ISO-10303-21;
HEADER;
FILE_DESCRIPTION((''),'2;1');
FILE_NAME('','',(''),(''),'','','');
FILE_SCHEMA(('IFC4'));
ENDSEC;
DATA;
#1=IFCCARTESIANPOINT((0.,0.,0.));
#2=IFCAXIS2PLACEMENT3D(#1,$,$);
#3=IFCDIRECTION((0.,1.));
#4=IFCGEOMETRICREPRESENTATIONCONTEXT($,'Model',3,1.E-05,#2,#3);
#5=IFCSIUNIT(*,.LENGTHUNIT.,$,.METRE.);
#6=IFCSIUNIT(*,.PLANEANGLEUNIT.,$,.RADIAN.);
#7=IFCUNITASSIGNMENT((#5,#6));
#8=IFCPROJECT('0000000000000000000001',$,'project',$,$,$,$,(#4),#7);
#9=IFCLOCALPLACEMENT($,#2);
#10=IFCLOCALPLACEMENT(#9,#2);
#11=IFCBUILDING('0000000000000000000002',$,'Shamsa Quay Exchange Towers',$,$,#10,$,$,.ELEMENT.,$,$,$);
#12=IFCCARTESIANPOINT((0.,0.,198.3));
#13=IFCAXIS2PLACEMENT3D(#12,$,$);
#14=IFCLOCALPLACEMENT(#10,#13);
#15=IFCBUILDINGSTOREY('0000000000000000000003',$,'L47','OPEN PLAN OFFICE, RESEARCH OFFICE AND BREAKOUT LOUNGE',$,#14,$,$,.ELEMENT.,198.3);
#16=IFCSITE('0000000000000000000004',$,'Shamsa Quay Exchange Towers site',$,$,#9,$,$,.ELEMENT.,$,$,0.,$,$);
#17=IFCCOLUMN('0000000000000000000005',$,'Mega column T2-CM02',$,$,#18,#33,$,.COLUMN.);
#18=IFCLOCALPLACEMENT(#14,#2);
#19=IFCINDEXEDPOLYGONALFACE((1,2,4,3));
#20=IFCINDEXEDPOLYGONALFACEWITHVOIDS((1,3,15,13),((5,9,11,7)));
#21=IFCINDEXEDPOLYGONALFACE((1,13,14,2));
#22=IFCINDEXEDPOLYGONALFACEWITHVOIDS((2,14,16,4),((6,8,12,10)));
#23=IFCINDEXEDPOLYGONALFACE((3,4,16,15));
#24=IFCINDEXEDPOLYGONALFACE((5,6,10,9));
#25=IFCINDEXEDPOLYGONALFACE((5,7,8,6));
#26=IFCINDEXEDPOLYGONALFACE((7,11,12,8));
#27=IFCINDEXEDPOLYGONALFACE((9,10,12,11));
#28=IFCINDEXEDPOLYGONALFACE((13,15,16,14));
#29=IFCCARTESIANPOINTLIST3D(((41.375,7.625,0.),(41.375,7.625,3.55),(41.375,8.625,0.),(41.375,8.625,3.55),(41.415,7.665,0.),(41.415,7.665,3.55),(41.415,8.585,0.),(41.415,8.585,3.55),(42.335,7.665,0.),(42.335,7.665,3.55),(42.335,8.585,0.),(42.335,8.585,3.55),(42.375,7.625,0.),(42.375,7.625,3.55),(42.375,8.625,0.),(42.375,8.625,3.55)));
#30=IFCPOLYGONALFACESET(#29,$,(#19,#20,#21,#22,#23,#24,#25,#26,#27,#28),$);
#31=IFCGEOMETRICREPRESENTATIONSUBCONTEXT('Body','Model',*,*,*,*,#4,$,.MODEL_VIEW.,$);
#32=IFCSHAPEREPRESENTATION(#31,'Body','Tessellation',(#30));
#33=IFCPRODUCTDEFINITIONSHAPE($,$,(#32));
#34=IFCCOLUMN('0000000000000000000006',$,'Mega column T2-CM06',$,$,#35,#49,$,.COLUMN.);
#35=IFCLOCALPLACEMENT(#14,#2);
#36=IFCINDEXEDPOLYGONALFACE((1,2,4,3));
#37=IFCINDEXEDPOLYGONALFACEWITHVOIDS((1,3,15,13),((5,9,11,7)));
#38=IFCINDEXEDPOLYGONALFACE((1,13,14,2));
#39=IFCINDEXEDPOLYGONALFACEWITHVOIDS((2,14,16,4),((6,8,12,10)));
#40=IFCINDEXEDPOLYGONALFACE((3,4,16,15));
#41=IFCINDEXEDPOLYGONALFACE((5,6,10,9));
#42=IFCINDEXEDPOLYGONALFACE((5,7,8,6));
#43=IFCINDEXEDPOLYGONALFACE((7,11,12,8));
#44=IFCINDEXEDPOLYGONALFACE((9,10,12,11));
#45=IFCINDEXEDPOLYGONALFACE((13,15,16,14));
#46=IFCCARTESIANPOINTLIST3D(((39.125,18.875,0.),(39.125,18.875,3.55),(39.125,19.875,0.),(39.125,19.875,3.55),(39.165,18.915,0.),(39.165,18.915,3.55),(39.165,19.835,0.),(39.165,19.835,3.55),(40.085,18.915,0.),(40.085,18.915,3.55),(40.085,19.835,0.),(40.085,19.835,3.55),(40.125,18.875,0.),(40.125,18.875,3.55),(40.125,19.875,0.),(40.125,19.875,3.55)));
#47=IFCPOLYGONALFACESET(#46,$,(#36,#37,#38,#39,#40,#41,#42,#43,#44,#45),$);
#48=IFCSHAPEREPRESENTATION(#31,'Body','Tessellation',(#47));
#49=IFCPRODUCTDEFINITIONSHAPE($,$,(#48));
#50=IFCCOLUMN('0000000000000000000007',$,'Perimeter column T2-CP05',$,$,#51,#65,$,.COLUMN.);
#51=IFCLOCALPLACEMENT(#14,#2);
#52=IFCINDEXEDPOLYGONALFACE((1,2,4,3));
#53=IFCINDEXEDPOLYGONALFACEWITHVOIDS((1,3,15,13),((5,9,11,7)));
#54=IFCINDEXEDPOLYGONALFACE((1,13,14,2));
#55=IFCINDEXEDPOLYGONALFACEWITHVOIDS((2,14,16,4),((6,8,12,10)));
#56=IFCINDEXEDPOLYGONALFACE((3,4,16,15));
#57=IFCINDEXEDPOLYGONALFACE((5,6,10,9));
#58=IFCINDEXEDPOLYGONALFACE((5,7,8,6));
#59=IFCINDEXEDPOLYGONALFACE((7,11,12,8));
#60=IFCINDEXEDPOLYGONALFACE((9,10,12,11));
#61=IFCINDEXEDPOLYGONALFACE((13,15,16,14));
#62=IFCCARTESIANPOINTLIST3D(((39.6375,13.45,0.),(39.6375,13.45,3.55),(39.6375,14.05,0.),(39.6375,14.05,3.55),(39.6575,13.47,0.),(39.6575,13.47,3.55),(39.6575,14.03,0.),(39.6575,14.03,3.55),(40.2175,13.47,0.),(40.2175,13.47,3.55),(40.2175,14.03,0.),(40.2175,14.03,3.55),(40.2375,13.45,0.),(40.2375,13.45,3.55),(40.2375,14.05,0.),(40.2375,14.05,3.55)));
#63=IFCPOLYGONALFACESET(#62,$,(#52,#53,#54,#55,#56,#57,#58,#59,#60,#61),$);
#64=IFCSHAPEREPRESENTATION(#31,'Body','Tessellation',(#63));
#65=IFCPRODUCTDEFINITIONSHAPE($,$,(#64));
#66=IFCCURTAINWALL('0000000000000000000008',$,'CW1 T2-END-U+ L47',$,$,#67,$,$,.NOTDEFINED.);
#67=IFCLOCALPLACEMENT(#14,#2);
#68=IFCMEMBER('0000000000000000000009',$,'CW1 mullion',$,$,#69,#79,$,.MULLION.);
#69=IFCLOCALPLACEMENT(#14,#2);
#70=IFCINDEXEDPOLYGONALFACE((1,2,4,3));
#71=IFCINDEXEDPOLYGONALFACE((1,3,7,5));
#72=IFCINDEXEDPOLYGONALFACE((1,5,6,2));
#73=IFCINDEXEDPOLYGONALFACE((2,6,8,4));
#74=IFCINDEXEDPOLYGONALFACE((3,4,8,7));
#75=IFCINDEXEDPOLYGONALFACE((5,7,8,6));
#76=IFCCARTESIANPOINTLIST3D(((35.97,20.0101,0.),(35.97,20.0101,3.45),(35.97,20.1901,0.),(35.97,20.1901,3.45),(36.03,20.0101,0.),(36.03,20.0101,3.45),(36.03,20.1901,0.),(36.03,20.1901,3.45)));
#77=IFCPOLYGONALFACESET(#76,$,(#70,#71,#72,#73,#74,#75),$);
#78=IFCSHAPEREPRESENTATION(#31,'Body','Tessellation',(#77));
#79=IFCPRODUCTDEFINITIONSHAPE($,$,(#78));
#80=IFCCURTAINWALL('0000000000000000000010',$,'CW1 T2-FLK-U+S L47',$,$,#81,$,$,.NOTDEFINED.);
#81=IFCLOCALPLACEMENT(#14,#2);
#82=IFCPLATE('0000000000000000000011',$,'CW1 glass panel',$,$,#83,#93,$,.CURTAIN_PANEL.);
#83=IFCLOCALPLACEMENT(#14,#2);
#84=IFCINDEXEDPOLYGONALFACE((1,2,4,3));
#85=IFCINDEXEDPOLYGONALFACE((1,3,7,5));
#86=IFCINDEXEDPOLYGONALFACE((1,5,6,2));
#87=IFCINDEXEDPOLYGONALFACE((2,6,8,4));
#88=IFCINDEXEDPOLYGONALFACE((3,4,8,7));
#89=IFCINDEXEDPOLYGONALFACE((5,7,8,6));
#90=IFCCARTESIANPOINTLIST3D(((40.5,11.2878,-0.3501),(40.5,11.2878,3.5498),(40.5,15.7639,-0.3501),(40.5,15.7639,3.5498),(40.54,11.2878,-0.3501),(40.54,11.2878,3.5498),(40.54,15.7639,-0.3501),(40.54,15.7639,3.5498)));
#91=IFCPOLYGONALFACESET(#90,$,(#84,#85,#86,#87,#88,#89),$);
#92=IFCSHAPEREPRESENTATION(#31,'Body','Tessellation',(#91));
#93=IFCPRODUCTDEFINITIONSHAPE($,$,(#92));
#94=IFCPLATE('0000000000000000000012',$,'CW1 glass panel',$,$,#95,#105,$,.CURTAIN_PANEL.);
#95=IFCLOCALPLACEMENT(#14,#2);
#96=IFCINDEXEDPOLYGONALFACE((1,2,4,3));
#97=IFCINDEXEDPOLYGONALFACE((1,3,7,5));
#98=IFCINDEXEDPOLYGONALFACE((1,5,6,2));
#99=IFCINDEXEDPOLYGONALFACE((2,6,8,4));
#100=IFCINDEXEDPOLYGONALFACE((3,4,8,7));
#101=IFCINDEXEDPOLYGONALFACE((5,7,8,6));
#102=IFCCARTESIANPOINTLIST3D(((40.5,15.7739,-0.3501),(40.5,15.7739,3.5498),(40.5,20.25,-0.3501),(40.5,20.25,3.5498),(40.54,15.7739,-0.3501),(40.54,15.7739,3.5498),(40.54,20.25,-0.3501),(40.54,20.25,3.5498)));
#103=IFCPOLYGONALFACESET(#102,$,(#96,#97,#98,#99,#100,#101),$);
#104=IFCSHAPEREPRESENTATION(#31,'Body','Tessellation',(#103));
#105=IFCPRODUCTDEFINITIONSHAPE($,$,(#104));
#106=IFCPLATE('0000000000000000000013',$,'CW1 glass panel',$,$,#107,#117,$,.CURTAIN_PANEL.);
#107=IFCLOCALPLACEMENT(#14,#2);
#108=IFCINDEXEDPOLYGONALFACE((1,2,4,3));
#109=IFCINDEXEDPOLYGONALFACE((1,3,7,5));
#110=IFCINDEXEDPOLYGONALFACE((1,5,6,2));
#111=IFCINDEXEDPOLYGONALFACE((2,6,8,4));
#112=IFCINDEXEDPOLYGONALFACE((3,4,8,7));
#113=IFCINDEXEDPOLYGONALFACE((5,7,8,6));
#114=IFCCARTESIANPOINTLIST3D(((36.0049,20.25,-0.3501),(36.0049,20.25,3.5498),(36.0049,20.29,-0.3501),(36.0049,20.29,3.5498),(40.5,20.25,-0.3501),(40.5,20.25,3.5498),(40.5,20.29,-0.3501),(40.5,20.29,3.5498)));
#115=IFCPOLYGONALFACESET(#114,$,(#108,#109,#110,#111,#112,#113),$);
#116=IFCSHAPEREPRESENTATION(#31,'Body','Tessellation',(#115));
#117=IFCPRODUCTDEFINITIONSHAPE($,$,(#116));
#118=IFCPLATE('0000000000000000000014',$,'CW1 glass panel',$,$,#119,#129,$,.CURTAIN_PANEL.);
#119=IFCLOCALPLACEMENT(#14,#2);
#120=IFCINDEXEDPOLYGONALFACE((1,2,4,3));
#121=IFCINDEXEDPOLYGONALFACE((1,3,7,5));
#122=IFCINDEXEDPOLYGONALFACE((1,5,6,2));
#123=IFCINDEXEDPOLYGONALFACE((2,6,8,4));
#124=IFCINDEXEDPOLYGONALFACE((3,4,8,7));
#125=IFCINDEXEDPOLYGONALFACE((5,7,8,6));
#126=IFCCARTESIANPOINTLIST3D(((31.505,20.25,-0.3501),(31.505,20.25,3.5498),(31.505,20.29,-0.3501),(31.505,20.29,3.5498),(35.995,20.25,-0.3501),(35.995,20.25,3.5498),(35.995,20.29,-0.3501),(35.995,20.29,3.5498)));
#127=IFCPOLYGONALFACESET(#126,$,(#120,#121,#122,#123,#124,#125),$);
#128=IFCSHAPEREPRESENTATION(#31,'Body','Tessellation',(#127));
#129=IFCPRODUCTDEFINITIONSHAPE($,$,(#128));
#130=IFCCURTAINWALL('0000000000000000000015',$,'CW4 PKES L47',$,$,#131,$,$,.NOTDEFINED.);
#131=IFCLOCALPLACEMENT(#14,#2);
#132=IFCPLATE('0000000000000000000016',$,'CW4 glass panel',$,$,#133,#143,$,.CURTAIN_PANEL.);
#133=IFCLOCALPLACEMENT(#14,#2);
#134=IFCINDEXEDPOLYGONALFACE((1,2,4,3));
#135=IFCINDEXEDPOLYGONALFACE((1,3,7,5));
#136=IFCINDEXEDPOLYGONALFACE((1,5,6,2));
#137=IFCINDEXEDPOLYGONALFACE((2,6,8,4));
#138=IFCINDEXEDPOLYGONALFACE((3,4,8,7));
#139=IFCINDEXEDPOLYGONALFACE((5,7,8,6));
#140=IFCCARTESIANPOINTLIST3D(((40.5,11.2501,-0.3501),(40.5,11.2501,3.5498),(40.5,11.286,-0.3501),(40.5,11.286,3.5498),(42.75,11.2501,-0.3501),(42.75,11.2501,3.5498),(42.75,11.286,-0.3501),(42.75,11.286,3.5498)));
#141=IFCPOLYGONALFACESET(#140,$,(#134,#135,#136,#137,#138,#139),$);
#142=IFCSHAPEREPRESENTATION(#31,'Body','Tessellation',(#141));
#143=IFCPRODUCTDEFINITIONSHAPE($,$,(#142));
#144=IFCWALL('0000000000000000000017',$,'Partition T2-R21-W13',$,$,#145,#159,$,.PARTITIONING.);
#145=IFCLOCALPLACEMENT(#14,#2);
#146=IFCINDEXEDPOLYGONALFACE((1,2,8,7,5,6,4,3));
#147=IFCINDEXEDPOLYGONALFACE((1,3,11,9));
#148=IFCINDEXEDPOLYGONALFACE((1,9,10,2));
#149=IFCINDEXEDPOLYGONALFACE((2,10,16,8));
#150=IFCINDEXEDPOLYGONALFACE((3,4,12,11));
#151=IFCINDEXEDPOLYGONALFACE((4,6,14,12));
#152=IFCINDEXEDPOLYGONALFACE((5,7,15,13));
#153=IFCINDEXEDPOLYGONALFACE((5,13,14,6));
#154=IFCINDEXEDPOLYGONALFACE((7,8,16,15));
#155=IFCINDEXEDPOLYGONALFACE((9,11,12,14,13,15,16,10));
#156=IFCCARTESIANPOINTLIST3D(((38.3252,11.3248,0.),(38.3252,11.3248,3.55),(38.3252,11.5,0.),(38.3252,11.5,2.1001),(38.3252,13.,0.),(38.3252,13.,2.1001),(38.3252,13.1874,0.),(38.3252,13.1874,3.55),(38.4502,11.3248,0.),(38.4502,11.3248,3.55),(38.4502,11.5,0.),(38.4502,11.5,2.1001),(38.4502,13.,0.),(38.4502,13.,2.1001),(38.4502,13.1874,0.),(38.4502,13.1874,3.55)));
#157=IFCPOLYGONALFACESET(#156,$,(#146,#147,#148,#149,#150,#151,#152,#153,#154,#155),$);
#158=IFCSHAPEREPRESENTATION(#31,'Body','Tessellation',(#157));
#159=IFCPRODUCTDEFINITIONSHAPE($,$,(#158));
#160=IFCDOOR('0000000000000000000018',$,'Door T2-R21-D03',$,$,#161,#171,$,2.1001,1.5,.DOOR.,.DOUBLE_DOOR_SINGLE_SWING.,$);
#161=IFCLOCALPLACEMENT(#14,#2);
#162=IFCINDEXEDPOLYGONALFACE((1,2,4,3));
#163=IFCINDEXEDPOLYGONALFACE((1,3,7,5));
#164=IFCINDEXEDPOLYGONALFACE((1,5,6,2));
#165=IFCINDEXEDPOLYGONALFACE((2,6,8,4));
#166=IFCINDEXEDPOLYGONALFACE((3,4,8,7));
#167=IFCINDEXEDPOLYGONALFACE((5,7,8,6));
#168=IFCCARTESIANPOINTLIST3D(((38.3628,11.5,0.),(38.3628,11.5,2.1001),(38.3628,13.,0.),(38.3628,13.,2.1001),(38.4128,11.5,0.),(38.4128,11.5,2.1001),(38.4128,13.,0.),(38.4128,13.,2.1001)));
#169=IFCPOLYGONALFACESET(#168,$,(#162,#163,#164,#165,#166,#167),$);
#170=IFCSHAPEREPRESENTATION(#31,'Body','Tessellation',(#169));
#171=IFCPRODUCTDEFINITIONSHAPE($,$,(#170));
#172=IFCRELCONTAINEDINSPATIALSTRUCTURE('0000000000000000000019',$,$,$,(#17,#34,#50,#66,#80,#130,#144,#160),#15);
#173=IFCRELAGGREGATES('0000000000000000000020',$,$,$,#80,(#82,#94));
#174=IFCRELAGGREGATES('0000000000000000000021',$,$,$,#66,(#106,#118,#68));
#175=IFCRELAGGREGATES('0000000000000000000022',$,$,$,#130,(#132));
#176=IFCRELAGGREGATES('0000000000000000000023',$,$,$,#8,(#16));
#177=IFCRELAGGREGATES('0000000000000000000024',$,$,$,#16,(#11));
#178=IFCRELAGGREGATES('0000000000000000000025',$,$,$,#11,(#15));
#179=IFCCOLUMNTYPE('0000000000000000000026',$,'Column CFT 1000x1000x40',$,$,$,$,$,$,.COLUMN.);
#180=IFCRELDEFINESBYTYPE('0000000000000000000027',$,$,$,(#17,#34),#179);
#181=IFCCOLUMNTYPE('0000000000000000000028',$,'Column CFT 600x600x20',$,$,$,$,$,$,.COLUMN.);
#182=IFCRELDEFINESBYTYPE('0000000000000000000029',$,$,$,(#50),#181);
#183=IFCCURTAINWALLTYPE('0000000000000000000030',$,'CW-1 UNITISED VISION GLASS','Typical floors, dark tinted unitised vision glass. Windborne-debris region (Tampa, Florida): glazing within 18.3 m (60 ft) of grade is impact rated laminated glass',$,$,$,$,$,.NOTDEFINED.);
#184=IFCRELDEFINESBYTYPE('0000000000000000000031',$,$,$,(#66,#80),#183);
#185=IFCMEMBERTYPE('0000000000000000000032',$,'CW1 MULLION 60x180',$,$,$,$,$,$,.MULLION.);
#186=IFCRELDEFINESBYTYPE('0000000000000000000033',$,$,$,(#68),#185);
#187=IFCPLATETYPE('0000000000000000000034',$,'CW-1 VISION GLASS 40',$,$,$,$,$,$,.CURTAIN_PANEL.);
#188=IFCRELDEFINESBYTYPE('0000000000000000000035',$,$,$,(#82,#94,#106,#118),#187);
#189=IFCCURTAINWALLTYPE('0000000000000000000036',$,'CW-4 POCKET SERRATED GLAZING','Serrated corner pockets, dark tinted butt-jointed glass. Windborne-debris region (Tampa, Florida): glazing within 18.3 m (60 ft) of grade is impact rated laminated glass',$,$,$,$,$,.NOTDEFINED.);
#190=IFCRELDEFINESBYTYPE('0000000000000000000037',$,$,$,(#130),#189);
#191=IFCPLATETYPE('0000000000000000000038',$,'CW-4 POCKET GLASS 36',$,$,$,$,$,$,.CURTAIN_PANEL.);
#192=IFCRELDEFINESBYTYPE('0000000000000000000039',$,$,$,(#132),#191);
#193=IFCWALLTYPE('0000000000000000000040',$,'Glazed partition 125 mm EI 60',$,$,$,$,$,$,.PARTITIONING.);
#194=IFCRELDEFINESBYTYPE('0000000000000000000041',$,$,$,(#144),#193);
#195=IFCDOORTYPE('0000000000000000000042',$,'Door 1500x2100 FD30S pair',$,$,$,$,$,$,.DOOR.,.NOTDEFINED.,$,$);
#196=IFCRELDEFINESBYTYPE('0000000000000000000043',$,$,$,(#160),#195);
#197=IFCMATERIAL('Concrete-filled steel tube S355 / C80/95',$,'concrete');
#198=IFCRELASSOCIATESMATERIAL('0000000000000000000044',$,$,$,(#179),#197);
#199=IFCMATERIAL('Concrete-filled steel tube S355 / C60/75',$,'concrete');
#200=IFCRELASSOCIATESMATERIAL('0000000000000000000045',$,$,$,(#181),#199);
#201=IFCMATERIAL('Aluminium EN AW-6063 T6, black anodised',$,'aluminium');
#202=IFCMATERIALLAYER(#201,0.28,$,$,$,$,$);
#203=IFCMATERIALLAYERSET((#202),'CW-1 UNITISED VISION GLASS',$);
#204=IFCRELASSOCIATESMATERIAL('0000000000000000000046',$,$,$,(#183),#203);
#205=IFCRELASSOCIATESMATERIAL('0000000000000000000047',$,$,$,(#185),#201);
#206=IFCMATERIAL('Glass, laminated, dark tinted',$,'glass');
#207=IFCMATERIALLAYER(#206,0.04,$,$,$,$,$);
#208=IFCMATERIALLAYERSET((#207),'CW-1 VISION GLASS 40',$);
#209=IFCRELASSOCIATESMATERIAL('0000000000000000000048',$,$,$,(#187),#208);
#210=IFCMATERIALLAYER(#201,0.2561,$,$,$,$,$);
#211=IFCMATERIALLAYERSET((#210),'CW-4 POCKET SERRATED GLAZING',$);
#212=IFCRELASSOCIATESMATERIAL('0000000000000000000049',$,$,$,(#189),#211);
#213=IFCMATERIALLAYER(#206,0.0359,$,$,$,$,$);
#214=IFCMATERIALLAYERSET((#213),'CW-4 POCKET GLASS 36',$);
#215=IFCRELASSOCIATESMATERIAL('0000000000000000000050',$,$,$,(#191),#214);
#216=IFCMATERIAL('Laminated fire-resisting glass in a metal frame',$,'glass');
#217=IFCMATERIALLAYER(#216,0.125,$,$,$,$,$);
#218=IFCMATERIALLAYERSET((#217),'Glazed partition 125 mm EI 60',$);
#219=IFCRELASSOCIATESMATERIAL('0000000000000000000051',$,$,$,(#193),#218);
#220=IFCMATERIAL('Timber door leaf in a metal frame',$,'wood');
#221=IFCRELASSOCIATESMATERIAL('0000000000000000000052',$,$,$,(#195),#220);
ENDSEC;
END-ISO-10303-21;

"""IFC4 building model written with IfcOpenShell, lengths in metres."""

from ifc_helpers import new_model, si_unit, direction, frame, frame_2d, origin, origin_2d, place, context, subcontext, project, spatial, rectangle, hollow_rectangle, extrude, material, layer, layer_set, material_profile, profile_set, type_object, element, fill, aggregate, save


model = new_model("IFC4")

# Units and contexts
model_context = context("Model", 3, precision=1e-05, world=origin(), true_north=direction((0.0, 1.0)))
body_context = subcontext(model_context, "Body", "Model", "MODEL_VIEW")
ifc_project = project(units=[si_unit("LENGTHUNIT", "METRE"), si_unit("PLANEANGLEUNIT", "RADIAN")], contexts=[model_context])

# Site, building, storey
site_placement = place(None, origin())
site = spatial("IfcSite", under=ifc_project, at=site_placement, Name="Shamsa Quay Exchange Towers site", CompositionType="ELEMENT", RefElevation=0.0)
building_placement = place(site_placement, origin())
building = spatial("IfcBuilding", under=site, at=building_placement, Name="Shamsa Quay Exchange Towers", CompositionType="ELEMENT")
storey_placement = place(building_placement, frame((0.0, 0.0, 198.3)))
storey = spatial("IfcBuildingStorey", under=building, at=storey_placement, Name="L47", Description="OPEN PLAN OFFICE, RESEARCH OFFICE AND BREAKOUT LOUNGE", CompositionType="ELEMENT", Elevation=198.3)

# Columns
ifc_material_1 = material(Name="Concrete-filled steel tube S355 / C80/95", Category="concrete")
ifc_material_profile_1 = material_profile(ifc_material_1, hollow_rectangle(XDim=1.0, YDim=1.0, WallThickness=0.04, at=origin_2d()), Name="CFT 1000x1000x40")
ifc_profile_set_1 = profile_set([ifc_material_profile_1], Name="Concrete-filled steel tube S355 / C80/95")
column_type_1 = type_object("IfcColumnType", Name="Column CFT 1000x1000x40", PredefinedType="COLUMN", material=ifc_profile_set_1)
for number, where, name in (
    (1, (41.875, 8.125, 0.0), "Mega column T2-CM02"),
    (2, (39.625, 19.375, 0.0), "Mega column T2-CM06"),
):
    element("IfcColumn", number, at=place(storey_placement, frame(where)), inside=storey, type_object=column_type_1, Name=name, PredefinedType="COLUMN", context=body_context, shape_type="SweptSolid", body=[
        extrude(hollow_rectangle(XDim=1.0, YDim=1.0, WallThickness=0.04, at=origin_2d()), origin(), (0.0, 0.0, 1.0), 3.55),
    ])
ifc_material_2 = material(Name="Concrete-filled steel tube S355 / C60/75", Category="concrete")
ifc_material_profile_2 = material_profile(ifc_material_2, hollow_rectangle(XDim=0.6001, YDim=0.6001, WallThickness=0.02, at=origin_2d()), Name="CFT 600x600x20")
ifc_profile_set_2 = profile_set([ifc_material_profile_2], Name="Concrete-filled steel tube S355 / C60/75")
column_type_2 = type_object("IfcColumnType", Name="Column CFT 600x600x20", PredefinedType="COLUMN", material=ifc_profile_set_2)
column_placement = place(storey_placement, frame((39.9375, 13.75, 0.0)))
element("IfcColumn", 3, at=column_placement, inside=storey, type_object=column_type_2, Name="Perimeter column T2-CP05", PredefinedType="COLUMN", context=body_context, shape_type="SweptSolid", body=[
    extrude(hollow_rectangle(XDim=0.6001, YDim=0.6001, WallThickness=0.02, at=origin_2d()), origin(), (0.0, 0.0, 1.0), 3.55),
])

# Curtain wall, member
ifc_material_3 = material(Name="Aluminium EN AW-6063 T6, black anodised", Category="aluminium")
ifc_layer_1 = layer(ifc_material_3, 0.28)
ifc_layer_set_1 = layer_set([ifc_layer_1], Name="CW-1 UNITISED VISION GLASS")
curtain_wall_type_1 = type_object("IfcCurtainWallType", Name="CW-1 UNITISED VISION GLASS", Description="Typical floors, dark tinted unitised vision glass. Windborne-debris region (Tampa, Florida): glazing within 18.3 m (60 ft) of grade is impact rated laminated glass", PredefinedType="NOTDEFINED", material=ifc_layer_set_1)
curtain_wall_1_placement = place(storey_placement, origin())
curtain_wall_1 = element("IfcCurtainWall", 4, at=curtain_wall_1_placement, inside=storey, type_object=curtain_wall_type_1, Name="CW1 T2-END-U+ L47", PredefinedType="NOTDEFINED")
ifc_material_profile_3 = material_profile(ifc_material_3, rectangle(XDim=0.1799, YDim=0.0601, at=origin_2d()), Name="MU60x180")
ifc_profile_set_3 = profile_set([ifc_material_profile_3], Name="Aluminium EN AW-6063 T6, black anodised")
member_type = type_object("IfcMemberType", Name="CW1 MULLION 60x180", PredefinedType="MULLION", material=ifc_profile_set_3)
member_placement = place(storey_placement, frame((36.0, 20.1001, 0.0), z_axis=(0.0, 0.0, 1.0), x_axis=(0.0, -1.0, 0.0)))
member = element("IfcMember", 5, at=member_placement, type_object=member_type, Name="CW1 mullion", PredefinedType="MULLION", context=body_context, shape_type="SweptSolid", body=[
    extrude(rectangle(XDim=0.1799, YDim=0.0601, at=origin_2d()), origin(), (0.0, 0.0, 1.0), 3.45),
])

# Curtain wall, plates
curtain_wall_2_placement = place(storey_placement, origin())
curtain_wall_2 = element("IfcCurtainWall", 6, at=curtain_wall_2_placement, inside=storey, type_object=curtain_wall_type_1, Name="CW1 T2-FLK-U+S L47", PredefinedType="NOTDEFINED")
ifc_material_4 = material(Name="Glass, laminated, dark tinted", Category="glass")
ifc_layer_2 = layer(ifc_material_4, 0.04)
ifc_layer_set_2 = layer_set([ifc_layer_2], Name="CW-1 VISION GLASS 40")
plate_type_1 = type_object("IfcPlateType", Name="CW-1 VISION GLASS 40", PredefinedType="CURTAIN_PANEL", material=ifc_layer_set_2)
plate_1_placement = place(storey_placement, frame((40.52, 13.5259, -0.3501), z_axis=(0.0, 0.0, 1.0), x_axis=(0.0, 1.0, 0.0)))
plate_1 = element("IfcPlate", 7, at=plate_1_placement, type_object=plate_type_1, Name="CW1 glass panel", PredefinedType="CURTAIN_PANEL", context=body_context, shape_type="SweptSolid", body=[
    extrude(rectangle(XDim=4.4761, YDim=0.04, at=origin_2d()), origin(), (0.0, 0.0, 1.0), 3.8999),
])
plate_2_placement = place(storey_placement, frame((40.52, 18.012, -0.3501), z_axis=(0.0, 0.0, 1.0), x_axis=(0.0, 1.0, 0.0)))
plate_2 = element("IfcPlate", 8, at=plate_2_placement, type_object=plate_type_1, Name="CW1 glass panel", PredefinedType="CURTAIN_PANEL", context=body_context, shape_type="SweptSolid", body=[
    extrude(rectangle(XDim=4.4761, YDim=0.04, at=origin_2d()), origin(), (0.0, 0.0, 1.0), 3.8999),
])
aggregate(curtain_wall_2, [plate_1, plate_2])

# Plates
plate_3_placement = place(storey_placement, frame((38.2524, 20.27, -0.3501), z_axis=(0.0, 0.0, 1.0), x_axis=(-1.0, 0.0, 0.0)))
plate_3 = element("IfcPlate", 9, at=plate_3_placement, type_object=plate_type_1, Name="CW1 glass panel", PredefinedType="CURTAIN_PANEL", context=body_context, shape_type="SweptSolid", body=[
    extrude(rectangle(XDim=4.4951, YDim=0.04, at=origin_2d()), origin(), (0.0, 0.0, 1.0), 3.8999),
])
plate_4_placement = place(storey_placement, frame((33.75, 20.27, -0.3501), z_axis=(0.0, 0.0, 1.0), x_axis=(-1.0, 0.0, 0.0)))
plate_4 = element("IfcPlate", 10, at=plate_4_placement, type_object=plate_type_1, Name="CW1 glass panel", PredefinedType="CURTAIN_PANEL", context=body_context, shape_type="SweptSolid", body=[
    extrude(rectangle(XDim=4.49, YDim=0.04, at=origin_2d()), origin(), (0.0, 0.0, 1.0), 3.8999),
])
aggregate(curtain_wall_1, [plate_3, plate_4, member])

# Curtain wall, plate
ifc_layer_3 = layer(ifc_material_3, 0.2561)
ifc_layer_set_3 = layer_set([ifc_layer_3], Name="CW-4 POCKET SERRATED GLAZING")
curtain_wall_type_2 = type_object("IfcCurtainWallType", Name="CW-4 POCKET SERRATED GLAZING", Description="Serrated corner pockets, dark tinted butt-jointed glass. Windborne-debris region (Tampa, Florida): glazing within 18.3 m (60 ft) of grade is impact rated laminated glass", PredefinedType="NOTDEFINED", material=ifc_layer_set_3)
curtain_wall_3_placement = place(storey_placement, origin())
curtain_wall_3 = element("IfcCurtainWall", 11, at=curtain_wall_3_placement, inside=storey, type_object=curtain_wall_type_2, Name="CW4 PKES L47", PredefinedType="NOTDEFINED")
ifc_layer_4 = layer(ifc_material_4, 0.0359)
ifc_layer_set_4 = layer_set([ifc_layer_4], Name="CW-4 POCKET GLASS 36")
plate_type_2 = type_object("IfcPlateType", Name="CW-4 POCKET GLASS 36", PredefinedType="CURTAIN_PANEL", material=ifc_layer_set_4)
plate_5_placement = place(storey_placement, frame((41.625, 11.2681, -0.3501), z_axis=(0.0, 0.0, 1.0), x_axis=(-1.0, 0.0, 0.0)))
plate_5 = element("IfcPlate", 12, at=plate_5_placement, type_object=plate_type_2, Name="CW4 glass panel", PredefinedType="CURTAIN_PANEL", context=body_context, shape_type="SweptSolid", body=[
    extrude(rectangle(XDim=2.25, YDim=0.0359, at=origin_2d()), origin(), (0.0, 0.0, 1.0), 3.8999),
])
aggregate(curtain_wall_3, [plate_5])

# Wall, opening, door
ifc_material_5 = material(Name="Laminated fire-resisting glass in a metal frame", Category="glass")
ifc_layer_5 = layer(ifc_material_5, 0.125)
ifc_layer_set_5 = layer_set([ifc_layer_5], Name="Glazed partition 125 mm EI 60")
wall_type_1 = type_object("IfcWallType", Name="Glazed partition 125 mm EI 60", PredefinedType="PARTITIONING", material=ifc_layer_set_5)
wall_1_placement = place(storey_placement, frame((38.3877, 11.325, 0.0), z_axis=(0.0, 0.0, 1.0), x_axis=(0.0, 1.0, 0.0)))
wall_1 = element("IfcWall", 13, at=wall_1_placement, inside=storey, type_object=wall_type_1, Name="Partition T2-R21-W13", PredefinedType="PARTITIONING", context=body_context, shape_type="SweptSolid", body=[
    extrude(rectangle(XDim=1.8625, YDim=0.125, at=frame_2d((0.9312, 0.0))), origin(), (0.0, 0.0, 1.0), 3.55),
])
opening_1_placement = place(wall_1_placement, frame((0.175, 0.0, 0.0)))
opening_1 = element("IfcOpeningElement", 14, at=opening_1_placement, cuts=wall_1, PredefinedType="OPENING", context=body_context, shape_type="SweptSolid", body=[
    extrude(rectangle(XDim=1.5, YDim=2.1001, at=frame_2d((0.75, 1.05))), frame((0.0, 0.0725, 0.0), z_axis=(0.0, -1.0, 0.0), x_axis=(1.0, 0.0, 0.0)), (0.0, 0.0, 1.0), 0.145),
])
ifc_material_6 = material(Name="Timber door leaf in a metal frame", Category="wood")
door_type_1 = type_object("IfcDoorType", Name="Door 1500x2100 FD30S pair", OperationType="NOTDEFINED", PredefinedType="DOOR", material=ifc_material_6)
door_1_placement = place(opening_1_placement, origin())
door_1 = element("IfcDoor", 15, at=door_1_placement, inside=storey, type_object=door_type_1, Name="Door T2-R21-D03", OperationType="DOUBLE_DOOR_SINGLE_SWING", OverallHeight=2.1001, OverallWidth=1.5, PredefinedType="DOOR", context=body_context, shape_type="SweptSolid", body=[
    extrude(rectangle(XDim=1.5, YDim=2.1001, at=frame_2d((0.75, 1.05))), frame((0.0, 0.0249, 0.0), z_axis=(0.0, -1.0, 0.0), x_axis=(1.0, 0.0, 0.0)), (0.0, 0.0, 1.0), 0.05),
])
fill(opening_1, door_1)

save(model, "model.ifc")
